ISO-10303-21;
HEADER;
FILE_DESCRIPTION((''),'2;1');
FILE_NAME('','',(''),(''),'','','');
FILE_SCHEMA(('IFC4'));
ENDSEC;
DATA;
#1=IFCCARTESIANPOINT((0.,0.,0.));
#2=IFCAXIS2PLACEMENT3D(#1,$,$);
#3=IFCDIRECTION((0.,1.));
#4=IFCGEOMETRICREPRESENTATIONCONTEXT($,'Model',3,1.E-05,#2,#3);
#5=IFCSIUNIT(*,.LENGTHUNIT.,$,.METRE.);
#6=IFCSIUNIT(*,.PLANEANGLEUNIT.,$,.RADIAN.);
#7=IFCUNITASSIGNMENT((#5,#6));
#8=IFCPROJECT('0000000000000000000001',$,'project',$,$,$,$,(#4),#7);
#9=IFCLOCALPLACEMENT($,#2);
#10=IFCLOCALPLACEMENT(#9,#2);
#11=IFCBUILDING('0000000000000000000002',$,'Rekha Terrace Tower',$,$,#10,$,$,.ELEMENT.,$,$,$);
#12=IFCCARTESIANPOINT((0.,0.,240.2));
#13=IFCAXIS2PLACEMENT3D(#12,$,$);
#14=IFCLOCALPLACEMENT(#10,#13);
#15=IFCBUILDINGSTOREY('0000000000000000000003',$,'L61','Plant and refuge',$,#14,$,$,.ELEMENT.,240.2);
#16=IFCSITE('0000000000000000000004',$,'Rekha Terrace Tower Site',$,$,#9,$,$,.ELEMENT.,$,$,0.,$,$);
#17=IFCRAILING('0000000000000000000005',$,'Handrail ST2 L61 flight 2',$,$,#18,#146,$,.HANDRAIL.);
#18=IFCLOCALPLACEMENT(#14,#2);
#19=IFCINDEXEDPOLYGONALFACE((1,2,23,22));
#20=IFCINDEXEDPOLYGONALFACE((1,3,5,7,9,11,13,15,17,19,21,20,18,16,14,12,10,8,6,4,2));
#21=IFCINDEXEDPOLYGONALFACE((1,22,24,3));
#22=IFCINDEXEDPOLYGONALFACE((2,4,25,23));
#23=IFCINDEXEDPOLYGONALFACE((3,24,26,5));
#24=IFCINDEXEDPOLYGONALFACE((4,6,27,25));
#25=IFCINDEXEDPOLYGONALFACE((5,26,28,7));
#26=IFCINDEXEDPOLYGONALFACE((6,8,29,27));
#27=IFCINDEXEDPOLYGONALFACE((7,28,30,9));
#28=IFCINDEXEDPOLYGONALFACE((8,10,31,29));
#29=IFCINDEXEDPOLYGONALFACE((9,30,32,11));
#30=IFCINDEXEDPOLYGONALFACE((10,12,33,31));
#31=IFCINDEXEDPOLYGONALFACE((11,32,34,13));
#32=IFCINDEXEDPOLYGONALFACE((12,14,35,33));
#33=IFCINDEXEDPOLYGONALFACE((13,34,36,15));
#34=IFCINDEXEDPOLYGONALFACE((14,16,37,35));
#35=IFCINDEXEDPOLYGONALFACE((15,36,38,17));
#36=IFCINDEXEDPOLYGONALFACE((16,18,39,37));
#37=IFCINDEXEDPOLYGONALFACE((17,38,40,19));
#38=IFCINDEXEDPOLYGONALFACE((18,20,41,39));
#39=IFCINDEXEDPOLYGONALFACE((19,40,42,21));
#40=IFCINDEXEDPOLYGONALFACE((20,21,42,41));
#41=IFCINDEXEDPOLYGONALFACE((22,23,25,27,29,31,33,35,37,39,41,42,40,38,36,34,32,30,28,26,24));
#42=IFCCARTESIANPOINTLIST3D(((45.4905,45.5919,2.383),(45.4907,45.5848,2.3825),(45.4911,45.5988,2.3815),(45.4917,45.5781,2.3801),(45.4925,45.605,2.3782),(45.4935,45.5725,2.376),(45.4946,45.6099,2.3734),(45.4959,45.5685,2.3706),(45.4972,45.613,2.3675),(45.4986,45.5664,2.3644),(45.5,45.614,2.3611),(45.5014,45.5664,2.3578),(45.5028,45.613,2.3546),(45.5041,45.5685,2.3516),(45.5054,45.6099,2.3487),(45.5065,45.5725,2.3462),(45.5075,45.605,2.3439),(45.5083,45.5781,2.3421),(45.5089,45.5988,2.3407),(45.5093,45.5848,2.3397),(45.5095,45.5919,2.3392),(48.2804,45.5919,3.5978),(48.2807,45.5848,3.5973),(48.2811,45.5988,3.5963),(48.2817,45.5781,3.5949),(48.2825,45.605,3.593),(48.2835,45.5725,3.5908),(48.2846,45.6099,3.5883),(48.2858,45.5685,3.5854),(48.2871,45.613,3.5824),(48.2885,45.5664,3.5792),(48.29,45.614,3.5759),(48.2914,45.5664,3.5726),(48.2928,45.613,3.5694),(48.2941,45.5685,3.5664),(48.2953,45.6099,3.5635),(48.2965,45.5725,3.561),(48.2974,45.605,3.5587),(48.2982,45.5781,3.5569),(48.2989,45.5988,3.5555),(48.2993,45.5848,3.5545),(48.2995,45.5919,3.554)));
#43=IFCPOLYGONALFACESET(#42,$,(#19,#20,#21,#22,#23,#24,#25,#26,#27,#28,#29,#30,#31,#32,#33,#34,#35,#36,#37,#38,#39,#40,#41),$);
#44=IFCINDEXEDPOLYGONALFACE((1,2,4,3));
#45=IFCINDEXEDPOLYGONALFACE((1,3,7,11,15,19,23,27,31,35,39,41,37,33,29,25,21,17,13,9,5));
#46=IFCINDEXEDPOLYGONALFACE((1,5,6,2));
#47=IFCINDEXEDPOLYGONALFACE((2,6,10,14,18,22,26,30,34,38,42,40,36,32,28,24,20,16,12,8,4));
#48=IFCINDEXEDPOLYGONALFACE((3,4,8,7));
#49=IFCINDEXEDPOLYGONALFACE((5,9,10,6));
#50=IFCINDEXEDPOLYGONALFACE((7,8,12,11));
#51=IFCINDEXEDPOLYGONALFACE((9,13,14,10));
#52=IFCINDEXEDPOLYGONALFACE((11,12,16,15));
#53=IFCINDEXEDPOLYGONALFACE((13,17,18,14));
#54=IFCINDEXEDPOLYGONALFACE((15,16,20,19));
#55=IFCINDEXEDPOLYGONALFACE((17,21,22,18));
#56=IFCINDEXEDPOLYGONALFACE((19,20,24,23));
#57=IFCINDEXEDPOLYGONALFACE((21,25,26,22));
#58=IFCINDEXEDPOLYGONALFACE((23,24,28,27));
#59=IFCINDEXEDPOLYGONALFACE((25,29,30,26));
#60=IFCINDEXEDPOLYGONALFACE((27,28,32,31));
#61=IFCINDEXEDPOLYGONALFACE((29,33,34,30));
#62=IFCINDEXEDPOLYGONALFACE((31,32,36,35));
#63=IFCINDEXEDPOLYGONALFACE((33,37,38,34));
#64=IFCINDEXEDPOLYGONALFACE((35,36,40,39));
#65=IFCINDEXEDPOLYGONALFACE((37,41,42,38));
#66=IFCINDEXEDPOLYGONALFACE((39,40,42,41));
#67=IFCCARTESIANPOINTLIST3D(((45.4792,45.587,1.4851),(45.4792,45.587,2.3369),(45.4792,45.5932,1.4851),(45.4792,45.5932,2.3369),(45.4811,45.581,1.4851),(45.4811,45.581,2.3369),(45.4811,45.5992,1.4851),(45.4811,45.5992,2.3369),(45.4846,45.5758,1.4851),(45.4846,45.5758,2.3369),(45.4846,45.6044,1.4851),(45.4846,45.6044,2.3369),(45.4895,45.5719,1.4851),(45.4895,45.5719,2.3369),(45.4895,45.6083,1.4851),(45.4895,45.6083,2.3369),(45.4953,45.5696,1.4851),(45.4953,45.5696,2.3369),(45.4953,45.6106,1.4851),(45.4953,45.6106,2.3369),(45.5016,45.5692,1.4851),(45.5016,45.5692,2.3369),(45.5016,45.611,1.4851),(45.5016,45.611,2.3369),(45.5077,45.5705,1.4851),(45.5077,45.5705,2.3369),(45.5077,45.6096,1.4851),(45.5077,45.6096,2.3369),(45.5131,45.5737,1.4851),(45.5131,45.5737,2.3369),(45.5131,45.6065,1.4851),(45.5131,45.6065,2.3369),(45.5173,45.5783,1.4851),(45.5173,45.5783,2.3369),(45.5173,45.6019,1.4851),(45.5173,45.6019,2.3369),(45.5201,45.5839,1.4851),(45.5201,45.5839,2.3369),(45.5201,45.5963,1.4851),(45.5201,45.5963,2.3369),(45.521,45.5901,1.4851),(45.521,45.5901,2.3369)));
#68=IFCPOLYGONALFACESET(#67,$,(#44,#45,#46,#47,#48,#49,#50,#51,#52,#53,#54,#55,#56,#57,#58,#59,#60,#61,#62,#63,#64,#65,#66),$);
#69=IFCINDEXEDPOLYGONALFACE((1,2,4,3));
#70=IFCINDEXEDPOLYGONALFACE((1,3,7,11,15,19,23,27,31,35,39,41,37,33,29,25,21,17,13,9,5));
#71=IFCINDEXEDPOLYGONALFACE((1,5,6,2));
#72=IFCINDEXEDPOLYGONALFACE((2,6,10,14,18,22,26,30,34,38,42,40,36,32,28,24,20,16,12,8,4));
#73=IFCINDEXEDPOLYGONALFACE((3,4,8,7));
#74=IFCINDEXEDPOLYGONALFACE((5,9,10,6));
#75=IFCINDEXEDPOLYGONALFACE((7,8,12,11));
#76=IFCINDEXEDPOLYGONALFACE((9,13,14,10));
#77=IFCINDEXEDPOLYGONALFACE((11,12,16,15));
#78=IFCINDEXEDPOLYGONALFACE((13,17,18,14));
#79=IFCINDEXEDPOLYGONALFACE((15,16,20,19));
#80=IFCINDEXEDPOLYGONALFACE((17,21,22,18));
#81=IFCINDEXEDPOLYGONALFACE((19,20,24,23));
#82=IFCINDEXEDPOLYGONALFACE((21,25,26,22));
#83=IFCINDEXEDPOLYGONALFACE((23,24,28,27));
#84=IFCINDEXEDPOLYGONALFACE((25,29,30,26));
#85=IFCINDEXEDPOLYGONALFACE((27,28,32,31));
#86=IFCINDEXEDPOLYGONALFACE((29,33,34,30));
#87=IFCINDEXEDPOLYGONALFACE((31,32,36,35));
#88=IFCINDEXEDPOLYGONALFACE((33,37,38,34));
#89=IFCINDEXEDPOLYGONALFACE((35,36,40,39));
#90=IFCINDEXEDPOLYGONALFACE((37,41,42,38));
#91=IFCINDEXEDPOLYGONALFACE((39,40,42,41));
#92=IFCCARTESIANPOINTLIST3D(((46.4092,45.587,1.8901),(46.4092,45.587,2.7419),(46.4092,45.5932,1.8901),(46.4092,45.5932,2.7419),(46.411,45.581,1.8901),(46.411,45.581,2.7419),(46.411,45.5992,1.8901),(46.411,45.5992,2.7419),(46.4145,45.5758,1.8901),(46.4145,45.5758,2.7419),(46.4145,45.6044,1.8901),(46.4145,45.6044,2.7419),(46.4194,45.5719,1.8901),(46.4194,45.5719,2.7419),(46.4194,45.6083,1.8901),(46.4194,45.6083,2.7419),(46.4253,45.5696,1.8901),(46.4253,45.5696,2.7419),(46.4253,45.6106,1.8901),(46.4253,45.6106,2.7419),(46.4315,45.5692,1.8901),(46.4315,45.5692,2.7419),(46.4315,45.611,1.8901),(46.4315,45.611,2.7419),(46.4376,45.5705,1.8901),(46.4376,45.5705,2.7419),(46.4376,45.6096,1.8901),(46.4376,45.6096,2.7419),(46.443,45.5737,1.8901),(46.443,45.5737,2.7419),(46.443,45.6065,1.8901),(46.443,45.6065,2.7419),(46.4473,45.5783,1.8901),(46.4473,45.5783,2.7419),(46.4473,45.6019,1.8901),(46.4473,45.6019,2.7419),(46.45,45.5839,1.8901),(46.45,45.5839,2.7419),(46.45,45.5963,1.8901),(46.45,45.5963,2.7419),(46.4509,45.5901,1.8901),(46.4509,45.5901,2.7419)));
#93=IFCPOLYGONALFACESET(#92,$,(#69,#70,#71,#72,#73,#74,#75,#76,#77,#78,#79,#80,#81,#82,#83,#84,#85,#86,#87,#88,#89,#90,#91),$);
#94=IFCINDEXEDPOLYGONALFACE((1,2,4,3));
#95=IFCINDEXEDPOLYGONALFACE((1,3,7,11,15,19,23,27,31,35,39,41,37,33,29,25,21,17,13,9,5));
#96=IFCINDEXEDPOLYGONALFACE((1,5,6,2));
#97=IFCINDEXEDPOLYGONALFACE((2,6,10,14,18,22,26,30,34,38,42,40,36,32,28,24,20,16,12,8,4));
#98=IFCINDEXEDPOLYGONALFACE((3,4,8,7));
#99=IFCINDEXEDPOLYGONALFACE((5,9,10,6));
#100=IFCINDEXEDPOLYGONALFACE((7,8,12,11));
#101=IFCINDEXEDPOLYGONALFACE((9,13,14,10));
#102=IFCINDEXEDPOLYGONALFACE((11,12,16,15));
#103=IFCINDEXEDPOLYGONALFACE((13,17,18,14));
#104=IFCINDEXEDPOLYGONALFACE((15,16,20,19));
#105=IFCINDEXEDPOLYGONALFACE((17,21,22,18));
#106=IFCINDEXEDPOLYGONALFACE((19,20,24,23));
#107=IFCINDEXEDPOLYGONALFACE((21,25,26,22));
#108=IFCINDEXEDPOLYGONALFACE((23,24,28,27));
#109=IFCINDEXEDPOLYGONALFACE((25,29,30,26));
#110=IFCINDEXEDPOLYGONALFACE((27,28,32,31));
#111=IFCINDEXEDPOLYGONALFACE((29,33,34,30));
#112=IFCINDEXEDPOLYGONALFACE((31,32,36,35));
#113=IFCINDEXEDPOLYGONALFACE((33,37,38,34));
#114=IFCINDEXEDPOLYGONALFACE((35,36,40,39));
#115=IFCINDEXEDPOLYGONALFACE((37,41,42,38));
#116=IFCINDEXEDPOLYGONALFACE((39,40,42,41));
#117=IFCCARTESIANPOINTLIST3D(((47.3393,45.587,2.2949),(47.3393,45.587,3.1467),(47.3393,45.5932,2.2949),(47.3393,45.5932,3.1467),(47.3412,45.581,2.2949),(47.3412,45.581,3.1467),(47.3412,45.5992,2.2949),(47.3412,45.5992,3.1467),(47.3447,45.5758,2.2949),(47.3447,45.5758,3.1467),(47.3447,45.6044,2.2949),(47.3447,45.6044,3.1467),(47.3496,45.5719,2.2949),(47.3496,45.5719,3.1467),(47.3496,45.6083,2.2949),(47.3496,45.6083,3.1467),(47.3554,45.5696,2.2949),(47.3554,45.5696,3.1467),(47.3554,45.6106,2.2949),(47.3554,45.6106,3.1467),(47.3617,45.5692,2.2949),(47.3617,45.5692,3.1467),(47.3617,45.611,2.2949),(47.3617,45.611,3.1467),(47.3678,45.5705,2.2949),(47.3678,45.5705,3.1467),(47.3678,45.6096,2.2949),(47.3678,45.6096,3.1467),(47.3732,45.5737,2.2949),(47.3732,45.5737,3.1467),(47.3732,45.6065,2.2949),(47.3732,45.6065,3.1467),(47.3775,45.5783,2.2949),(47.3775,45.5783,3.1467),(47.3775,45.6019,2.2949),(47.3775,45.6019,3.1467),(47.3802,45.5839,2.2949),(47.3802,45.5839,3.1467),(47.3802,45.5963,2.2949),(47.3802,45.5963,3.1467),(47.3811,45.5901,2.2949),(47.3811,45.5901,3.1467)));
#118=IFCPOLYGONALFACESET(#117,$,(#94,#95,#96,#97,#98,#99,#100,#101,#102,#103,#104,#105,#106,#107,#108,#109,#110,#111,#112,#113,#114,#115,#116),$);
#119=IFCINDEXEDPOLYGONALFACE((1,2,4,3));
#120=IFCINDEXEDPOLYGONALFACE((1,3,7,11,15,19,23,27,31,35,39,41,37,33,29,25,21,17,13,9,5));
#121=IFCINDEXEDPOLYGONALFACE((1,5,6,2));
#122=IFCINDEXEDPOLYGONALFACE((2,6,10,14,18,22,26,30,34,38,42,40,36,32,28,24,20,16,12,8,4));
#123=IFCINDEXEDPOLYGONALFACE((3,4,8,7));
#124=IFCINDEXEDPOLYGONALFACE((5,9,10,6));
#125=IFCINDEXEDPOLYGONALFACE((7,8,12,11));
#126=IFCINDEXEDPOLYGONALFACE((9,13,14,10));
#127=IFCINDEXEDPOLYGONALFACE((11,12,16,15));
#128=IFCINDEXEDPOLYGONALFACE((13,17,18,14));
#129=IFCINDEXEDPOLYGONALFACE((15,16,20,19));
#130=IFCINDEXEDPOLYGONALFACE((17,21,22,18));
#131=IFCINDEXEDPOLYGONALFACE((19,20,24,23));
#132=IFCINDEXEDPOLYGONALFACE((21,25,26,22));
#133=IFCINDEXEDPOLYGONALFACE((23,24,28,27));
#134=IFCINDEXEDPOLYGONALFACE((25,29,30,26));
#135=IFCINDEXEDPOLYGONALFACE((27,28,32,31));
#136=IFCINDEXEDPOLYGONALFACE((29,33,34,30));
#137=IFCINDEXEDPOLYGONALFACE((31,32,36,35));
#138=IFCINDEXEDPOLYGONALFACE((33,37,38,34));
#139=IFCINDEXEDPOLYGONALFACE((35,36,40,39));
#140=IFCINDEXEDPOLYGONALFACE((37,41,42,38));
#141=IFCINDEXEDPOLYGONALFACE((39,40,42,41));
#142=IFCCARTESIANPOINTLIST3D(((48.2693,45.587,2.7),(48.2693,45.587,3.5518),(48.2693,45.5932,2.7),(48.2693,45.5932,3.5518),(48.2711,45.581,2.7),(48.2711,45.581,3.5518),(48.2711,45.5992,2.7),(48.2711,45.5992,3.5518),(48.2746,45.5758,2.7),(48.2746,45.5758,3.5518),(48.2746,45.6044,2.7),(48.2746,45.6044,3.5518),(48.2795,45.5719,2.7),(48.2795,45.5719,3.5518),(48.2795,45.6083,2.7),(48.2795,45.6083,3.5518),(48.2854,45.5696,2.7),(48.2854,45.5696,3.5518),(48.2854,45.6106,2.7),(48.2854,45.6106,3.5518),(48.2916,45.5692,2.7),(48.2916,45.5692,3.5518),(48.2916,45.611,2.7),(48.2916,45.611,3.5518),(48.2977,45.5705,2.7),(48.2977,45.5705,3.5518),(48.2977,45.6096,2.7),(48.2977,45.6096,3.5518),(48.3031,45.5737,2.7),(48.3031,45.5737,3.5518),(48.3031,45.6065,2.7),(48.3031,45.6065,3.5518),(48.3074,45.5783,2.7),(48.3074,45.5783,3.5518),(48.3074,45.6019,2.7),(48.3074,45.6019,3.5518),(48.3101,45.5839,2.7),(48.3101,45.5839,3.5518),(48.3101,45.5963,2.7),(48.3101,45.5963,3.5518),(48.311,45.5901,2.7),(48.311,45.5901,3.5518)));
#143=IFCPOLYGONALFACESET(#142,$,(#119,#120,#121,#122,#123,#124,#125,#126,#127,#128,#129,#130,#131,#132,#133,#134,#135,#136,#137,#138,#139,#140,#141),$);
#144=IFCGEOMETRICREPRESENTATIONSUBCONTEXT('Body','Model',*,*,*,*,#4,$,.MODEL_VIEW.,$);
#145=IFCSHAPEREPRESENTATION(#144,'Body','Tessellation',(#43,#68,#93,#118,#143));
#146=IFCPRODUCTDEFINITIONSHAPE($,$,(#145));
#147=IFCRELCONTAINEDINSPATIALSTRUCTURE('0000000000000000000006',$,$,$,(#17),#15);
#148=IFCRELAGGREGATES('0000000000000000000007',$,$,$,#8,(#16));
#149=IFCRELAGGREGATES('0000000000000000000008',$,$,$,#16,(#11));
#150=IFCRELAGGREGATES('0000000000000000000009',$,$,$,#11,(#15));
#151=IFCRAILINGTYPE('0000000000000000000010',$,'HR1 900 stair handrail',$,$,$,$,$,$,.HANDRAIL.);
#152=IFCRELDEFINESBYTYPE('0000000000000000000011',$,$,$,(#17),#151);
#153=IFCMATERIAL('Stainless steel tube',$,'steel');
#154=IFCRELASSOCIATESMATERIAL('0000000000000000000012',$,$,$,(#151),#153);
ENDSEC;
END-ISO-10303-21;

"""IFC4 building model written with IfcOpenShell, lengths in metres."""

from ifc_helpers import new_model, si_unit, direction, frame, origin, origin_2d, place, context, subcontext, project, spatial, circle, extrude, material, type_object, element, save


model = new_model("IFC4")

# Units and contexts
model_context = context("Model", 3, precision=1e-05, world=origin(), true_north=direction((0.0, 1.0)))
body_context = subcontext(model_context, "Body", "Model", "MODEL_VIEW")
ifc_project = project(units=[si_unit("LENGTHUNIT", "METRE"), si_unit("PLANEANGLEUNIT", "RADIAN")], contexts=[model_context])

# Site, building, storey
site_placement = place(None, origin())
site = spatial("IfcSite", under=ifc_project, at=site_placement, Name="Rekha Terrace Tower Site", CompositionType="ELEMENT", RefElevation=0.0)
building_placement = place(site_placement, origin())
building = spatial("IfcBuilding", under=site, at=building_placement, Name="Rekha Terrace Tower", CompositionType="ELEMENT")
storey_placement = place(building_placement, frame((0.0, 0.0, 240.2)))
storey = spatial("IfcBuildingStorey", under=building, at=storey_placement, Name="L61", Description="Plant and refuge", CompositionType="ELEMENT", Elevation=240.2)

# Railing
ifc_material_1 = material(Name="Stainless steel tube", Category="steel")
railing_type_1 = type_object("IfcRailingType", Name="HR1 900 stair handrail", PredefinedType="HANDRAIL", material=ifc_material_1)
railing_1_placement = place(storey_placement, frame((45.5, 45.5901, 1.4851)))
element("IfcRailing", 1, at=railing_1_placement, inside=storey, type_object=railing_type_1, Name="Handrail ST2 L61 flight 2", PredefinedType="HANDRAIL", context=body_context, shape_type="SweptSolid", body=[
    extrude(circle(Radius=0.0239, at=origin_2d()), frame((0.0, 0.0, 0.876), z_axis=(0.916856, 0.0, 0.399219), x_axis=(0.0, 1.0, 0.0)), (0.0, 0.0, 1.0), 3.043),
    extrude(circle(Radius=0.021, at=origin_2d()), origin(), (0.0, 0.0, 1.0), 0.8518),
    extrude(circle(Radius=0.021, at=origin_2d()), frame((0.9299, 0.0, 0.405)), (0.0, 0.0, 1.0), 0.8518),
    extrude(circle(Radius=0.021, at=origin_2d()), frame((1.8601, 0.0, 0.8098)), (0.0, 0.0, 1.0), 0.8518),
    extrude(circle(Radius=0.021, at=origin_2d()), frame((2.79, 0.0, 1.2148)), (0.0, 0.0, 1.0), 0.8518),
])

save(model, "model.ifc")
